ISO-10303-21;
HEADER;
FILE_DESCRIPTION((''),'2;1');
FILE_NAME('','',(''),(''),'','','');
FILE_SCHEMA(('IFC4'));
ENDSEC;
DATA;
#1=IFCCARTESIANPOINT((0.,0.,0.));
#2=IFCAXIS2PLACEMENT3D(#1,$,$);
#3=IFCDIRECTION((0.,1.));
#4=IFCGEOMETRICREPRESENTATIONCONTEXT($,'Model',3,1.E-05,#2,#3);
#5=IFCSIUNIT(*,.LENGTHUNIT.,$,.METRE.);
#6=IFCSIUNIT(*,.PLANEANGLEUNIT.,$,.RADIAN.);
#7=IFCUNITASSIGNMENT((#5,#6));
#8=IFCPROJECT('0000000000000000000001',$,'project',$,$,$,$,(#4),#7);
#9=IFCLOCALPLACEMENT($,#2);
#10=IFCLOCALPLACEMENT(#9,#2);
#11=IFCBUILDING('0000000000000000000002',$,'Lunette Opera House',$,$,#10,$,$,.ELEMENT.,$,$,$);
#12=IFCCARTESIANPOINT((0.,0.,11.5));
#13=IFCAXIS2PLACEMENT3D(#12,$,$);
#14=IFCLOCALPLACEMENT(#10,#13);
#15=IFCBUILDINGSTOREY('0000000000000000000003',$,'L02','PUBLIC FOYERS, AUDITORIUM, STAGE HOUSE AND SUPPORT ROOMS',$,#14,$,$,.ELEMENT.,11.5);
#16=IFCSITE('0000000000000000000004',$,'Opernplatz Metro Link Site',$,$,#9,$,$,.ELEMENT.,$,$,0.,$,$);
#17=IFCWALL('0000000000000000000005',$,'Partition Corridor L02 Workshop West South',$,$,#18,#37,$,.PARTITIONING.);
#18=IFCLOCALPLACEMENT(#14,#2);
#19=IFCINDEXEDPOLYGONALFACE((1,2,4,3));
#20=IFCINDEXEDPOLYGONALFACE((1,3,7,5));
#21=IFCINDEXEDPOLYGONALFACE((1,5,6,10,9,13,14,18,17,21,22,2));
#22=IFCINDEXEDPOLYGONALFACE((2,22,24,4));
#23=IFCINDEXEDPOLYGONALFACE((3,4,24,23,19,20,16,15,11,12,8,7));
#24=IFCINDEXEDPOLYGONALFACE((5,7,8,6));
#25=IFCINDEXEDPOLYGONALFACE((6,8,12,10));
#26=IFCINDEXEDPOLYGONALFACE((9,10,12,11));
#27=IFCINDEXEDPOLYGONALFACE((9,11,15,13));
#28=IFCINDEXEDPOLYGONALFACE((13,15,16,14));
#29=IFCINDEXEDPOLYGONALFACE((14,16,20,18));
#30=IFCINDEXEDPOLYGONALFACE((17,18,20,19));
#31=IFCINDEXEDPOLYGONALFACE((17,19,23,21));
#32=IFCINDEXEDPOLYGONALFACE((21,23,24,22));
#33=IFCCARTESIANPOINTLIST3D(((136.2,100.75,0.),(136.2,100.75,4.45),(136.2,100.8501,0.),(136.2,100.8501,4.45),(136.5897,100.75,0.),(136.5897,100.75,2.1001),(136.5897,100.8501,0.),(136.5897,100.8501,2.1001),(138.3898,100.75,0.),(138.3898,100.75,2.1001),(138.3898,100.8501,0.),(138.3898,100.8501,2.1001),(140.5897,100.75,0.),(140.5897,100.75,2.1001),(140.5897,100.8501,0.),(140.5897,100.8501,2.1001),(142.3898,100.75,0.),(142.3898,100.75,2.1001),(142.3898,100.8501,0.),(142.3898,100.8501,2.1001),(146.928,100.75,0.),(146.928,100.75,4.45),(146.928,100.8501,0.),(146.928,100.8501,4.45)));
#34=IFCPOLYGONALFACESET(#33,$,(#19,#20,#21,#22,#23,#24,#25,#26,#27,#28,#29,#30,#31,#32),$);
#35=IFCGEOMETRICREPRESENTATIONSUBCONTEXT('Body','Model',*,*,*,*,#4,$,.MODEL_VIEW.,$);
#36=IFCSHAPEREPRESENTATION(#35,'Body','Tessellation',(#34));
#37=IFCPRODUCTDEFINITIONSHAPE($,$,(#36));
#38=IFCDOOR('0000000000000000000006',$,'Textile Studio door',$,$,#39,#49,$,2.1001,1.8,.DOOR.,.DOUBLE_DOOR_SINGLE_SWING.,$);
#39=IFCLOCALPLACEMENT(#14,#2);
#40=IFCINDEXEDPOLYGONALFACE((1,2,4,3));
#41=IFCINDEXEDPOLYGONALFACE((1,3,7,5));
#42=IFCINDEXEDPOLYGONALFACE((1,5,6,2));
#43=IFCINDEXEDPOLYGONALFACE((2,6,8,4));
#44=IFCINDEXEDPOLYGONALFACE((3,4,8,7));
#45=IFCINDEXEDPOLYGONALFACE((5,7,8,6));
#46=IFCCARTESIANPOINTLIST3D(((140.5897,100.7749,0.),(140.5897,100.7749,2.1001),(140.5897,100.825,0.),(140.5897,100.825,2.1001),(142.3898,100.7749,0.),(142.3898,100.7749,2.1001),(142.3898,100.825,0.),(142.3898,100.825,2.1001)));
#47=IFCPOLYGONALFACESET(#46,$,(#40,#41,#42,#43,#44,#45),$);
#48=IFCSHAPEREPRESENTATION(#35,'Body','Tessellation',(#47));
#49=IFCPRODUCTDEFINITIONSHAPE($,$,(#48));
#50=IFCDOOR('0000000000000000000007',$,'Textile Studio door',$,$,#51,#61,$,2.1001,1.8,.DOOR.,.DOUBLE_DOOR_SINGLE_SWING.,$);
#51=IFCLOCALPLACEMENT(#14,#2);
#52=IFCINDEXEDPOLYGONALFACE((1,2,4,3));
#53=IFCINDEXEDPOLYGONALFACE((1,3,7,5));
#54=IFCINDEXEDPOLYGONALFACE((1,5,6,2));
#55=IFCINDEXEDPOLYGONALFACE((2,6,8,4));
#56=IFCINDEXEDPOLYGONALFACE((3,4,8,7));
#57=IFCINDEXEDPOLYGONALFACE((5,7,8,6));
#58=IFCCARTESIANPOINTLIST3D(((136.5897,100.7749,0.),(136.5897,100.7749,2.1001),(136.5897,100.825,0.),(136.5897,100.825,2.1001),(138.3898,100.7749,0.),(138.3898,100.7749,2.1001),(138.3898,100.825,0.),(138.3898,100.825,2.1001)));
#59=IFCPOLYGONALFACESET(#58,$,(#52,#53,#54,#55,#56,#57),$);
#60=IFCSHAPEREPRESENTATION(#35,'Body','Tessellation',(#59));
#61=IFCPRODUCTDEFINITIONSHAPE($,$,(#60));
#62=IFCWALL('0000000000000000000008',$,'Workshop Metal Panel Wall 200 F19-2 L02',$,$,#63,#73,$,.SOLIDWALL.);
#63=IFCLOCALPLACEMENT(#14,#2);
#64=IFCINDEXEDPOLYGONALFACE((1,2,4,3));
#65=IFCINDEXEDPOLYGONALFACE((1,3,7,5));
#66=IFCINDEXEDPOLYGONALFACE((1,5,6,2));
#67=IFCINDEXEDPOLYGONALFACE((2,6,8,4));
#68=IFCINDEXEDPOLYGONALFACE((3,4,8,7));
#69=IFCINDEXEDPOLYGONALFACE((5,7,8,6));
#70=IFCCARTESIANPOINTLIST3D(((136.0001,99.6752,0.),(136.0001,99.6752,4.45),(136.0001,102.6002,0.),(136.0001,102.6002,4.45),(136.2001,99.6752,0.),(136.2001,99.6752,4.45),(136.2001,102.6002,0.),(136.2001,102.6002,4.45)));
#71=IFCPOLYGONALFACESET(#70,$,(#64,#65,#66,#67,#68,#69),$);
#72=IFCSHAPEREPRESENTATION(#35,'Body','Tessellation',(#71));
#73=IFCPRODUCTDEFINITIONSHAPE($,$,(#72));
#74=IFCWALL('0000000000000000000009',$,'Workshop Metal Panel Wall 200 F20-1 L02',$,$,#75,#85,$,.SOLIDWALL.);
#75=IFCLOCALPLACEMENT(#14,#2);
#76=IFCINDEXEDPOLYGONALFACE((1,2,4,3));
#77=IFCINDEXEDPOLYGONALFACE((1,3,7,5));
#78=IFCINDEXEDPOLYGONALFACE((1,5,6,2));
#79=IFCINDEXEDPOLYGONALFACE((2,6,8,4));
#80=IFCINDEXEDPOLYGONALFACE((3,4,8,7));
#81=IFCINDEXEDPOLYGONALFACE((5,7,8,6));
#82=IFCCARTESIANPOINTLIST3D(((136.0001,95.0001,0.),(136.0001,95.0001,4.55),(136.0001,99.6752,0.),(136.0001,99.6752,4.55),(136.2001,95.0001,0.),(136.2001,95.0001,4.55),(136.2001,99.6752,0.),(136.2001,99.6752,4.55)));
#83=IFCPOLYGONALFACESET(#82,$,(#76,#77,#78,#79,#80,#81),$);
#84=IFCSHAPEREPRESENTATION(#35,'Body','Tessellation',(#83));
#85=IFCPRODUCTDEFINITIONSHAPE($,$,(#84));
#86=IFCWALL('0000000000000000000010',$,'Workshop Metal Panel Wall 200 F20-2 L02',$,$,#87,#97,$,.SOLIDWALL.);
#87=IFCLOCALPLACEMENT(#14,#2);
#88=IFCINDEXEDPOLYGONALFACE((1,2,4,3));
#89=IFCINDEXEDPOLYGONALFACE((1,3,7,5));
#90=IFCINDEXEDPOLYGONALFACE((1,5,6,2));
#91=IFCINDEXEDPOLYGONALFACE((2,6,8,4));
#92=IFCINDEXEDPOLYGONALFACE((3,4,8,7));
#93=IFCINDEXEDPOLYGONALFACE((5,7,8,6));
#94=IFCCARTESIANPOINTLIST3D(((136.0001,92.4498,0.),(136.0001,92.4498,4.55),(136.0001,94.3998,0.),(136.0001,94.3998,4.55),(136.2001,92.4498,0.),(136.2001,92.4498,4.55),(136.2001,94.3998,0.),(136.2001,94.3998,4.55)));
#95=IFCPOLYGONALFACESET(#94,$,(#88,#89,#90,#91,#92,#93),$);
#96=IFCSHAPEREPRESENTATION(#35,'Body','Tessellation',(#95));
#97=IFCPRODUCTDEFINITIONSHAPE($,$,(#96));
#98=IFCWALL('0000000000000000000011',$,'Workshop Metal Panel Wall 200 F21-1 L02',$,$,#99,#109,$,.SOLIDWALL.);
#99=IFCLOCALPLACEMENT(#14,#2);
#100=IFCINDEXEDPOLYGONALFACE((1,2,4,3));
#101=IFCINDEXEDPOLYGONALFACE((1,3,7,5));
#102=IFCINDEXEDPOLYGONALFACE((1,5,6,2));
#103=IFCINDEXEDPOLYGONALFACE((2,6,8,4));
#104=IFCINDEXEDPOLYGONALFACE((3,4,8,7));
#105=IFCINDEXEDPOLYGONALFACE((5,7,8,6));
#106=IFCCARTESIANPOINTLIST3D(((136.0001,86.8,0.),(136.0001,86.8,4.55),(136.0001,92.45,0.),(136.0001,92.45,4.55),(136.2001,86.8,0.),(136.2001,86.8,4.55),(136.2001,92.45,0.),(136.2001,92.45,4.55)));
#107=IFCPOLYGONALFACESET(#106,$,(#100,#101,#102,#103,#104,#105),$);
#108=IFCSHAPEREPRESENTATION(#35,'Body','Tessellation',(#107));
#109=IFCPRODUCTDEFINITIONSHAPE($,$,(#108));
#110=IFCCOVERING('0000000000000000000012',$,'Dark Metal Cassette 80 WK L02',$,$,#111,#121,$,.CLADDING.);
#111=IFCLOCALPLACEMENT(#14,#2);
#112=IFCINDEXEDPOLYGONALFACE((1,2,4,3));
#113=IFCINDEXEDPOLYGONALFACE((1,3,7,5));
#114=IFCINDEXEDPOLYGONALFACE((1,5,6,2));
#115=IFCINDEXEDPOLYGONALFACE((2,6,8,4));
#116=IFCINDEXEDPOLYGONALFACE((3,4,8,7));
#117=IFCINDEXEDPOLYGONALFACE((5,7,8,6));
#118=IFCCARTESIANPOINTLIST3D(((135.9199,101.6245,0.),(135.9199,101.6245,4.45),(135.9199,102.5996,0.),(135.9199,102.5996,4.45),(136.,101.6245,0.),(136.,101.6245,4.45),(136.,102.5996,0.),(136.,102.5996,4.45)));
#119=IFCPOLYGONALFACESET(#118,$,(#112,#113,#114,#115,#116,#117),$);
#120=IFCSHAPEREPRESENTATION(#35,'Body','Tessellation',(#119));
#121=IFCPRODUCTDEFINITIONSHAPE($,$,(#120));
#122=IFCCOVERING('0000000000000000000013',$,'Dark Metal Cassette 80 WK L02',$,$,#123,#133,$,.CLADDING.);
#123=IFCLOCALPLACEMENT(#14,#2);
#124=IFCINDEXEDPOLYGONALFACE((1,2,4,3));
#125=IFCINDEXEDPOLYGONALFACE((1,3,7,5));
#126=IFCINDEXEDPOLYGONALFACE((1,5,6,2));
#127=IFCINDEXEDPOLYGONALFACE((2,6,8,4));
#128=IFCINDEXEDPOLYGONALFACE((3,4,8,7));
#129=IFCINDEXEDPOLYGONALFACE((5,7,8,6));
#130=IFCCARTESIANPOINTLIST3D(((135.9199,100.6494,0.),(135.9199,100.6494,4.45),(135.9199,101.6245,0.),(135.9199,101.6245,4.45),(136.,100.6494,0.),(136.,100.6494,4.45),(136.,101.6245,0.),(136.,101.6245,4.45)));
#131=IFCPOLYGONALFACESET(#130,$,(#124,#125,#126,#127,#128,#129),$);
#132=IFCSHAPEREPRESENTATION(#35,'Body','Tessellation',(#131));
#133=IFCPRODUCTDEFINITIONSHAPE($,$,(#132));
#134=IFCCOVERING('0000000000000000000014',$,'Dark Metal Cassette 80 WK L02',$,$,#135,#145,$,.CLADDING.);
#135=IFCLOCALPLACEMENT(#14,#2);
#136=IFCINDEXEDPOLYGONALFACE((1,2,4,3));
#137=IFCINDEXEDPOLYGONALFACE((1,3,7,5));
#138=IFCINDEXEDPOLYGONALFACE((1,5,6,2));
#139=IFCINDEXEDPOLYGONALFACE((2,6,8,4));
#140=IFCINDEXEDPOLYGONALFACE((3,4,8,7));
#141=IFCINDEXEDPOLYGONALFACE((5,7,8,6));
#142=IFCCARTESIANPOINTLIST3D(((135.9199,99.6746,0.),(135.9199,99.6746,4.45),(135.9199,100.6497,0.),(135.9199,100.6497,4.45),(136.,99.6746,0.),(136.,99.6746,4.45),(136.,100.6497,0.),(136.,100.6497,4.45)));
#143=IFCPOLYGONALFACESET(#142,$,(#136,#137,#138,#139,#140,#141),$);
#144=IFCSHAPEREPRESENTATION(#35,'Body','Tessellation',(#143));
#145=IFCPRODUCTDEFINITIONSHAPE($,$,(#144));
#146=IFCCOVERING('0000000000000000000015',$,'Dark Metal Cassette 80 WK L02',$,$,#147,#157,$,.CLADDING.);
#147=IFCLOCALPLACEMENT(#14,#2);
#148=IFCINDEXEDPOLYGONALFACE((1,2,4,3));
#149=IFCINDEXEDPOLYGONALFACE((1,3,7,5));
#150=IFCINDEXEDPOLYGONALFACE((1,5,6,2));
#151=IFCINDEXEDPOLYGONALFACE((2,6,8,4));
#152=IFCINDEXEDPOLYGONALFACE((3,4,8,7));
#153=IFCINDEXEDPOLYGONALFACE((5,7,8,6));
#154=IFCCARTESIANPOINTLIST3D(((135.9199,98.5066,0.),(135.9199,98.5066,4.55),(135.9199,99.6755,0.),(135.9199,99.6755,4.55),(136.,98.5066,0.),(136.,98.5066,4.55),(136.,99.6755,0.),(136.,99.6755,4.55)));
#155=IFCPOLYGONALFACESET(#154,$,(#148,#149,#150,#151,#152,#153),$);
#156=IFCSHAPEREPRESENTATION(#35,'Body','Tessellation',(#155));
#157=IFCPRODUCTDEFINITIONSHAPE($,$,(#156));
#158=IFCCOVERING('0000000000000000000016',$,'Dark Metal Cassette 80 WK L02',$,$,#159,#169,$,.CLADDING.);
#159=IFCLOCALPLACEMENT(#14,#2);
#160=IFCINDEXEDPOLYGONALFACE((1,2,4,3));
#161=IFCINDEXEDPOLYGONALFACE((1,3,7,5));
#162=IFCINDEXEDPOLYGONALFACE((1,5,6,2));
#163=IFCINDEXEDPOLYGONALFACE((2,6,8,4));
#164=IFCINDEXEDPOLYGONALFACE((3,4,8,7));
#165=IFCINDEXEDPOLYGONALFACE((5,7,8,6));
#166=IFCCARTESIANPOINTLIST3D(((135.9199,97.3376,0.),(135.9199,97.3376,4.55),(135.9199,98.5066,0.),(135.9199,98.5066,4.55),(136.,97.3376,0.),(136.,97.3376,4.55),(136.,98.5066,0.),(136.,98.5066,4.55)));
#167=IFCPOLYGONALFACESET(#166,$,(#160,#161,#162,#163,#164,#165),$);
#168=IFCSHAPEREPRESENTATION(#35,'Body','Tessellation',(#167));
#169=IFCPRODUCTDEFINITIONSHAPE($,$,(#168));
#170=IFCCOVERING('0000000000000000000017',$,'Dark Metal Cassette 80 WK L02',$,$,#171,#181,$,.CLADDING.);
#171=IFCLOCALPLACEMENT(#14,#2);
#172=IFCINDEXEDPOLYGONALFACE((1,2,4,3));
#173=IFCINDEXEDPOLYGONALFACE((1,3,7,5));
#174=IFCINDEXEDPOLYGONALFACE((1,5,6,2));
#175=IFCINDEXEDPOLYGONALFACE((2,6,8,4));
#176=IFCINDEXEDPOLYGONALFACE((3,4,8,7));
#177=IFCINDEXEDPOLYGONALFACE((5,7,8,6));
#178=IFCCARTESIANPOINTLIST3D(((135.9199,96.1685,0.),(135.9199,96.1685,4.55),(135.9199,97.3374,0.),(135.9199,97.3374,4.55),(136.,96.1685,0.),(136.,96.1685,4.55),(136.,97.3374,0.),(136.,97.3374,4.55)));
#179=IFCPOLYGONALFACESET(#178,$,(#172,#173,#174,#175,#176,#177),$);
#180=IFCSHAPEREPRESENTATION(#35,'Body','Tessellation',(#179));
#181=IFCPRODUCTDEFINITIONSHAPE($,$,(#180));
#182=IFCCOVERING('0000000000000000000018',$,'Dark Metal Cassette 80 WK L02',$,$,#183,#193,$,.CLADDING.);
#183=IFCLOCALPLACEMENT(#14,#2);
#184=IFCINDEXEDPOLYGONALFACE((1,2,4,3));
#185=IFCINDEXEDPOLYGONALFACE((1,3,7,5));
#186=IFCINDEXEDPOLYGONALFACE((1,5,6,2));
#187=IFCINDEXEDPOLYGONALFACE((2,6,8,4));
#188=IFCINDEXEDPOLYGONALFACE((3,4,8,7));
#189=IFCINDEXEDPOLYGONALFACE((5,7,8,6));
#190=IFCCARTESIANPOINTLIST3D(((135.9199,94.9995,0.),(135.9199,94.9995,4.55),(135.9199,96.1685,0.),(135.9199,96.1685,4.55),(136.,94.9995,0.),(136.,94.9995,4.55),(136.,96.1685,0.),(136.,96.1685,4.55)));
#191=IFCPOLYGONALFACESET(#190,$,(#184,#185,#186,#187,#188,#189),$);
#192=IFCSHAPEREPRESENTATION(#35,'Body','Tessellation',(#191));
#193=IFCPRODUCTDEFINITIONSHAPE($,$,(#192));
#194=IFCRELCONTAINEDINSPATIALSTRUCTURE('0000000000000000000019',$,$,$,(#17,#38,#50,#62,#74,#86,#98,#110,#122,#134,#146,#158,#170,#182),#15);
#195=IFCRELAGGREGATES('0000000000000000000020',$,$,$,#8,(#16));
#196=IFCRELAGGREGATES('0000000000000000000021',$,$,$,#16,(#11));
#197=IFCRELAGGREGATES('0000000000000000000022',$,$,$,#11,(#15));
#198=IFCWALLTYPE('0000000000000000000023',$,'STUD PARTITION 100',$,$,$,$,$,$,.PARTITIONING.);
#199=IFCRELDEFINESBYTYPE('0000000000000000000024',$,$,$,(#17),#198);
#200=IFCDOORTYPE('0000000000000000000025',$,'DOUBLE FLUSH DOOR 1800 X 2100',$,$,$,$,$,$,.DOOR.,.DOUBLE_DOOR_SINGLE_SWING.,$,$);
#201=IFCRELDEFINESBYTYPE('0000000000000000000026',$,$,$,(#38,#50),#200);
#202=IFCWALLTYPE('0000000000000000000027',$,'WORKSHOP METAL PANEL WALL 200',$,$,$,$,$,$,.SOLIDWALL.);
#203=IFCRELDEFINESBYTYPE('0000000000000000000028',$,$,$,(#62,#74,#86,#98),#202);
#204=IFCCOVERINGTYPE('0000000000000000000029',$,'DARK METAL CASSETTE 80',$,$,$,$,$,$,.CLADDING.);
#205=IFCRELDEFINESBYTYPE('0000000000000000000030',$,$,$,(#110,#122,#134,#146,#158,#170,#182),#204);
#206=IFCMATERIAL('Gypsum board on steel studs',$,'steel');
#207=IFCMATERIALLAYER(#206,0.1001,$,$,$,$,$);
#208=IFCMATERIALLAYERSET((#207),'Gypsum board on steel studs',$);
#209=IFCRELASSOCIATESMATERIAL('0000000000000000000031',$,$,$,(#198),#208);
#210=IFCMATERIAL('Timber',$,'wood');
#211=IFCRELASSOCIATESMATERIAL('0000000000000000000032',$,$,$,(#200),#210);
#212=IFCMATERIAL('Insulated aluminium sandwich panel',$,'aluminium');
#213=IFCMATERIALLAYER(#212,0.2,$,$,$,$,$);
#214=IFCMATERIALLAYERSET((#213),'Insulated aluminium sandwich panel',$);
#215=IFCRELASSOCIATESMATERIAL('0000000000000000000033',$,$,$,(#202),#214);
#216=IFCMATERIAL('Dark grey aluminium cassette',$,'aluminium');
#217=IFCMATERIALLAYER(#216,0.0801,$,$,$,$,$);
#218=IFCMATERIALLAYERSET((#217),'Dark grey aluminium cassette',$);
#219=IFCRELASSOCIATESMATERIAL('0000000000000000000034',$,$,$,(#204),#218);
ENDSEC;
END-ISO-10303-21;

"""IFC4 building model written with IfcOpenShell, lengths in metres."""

from ifc_helpers import new_model, si_unit, direction, frame, frame_2d, origin, origin_2d, place, context, subcontext, project, spatial, rectangle, extrude, material, layer, layer_set, type_object, element, fill, save


model = new_model("IFC4")

# Units and contexts
model_context = context("Model", 3, precision=1e-05, world=origin(), true_north=direction((0.0, 1.0)))
body_context = subcontext(model_context, "Body", "Model", "MODEL_VIEW")
ifc_project = project(units=[si_unit("LENGTHUNIT", "METRE"), si_unit("PLANEANGLEUNIT", "RADIAN")], contexts=[model_context])

# Site, building, storey
site_placement = place(None, origin())
site = spatial("IfcSite", under=ifc_project, at=site_placement, Name="Opernplatz Metro Link Site", CompositionType="ELEMENT", RefElevation=0.0)
building_placement = place(site_placement, origin())
building = spatial("IfcBuilding", under=site, at=building_placement, Name="Lunette Opera House", CompositionType="ELEMENT")
storey_placement = place(building_placement, frame((0.0, 0.0, 11.5)))
storey = spatial("IfcBuildingStorey", under=building, at=storey_placement, Name="L02", Description="PUBLIC FOYERS, AUDITORIUM, STAGE HOUSE AND SUPPORT ROOMS", CompositionType="ELEMENT", Elevation=11.5)

# Wall, openings, doors
ifc_material_1 = material(Name="Gypsum board on steel studs", Category="steel")
ifc_layer_1 = layer(ifc_material_1, 0.1001)
ifc_layer_set_1 = layer_set([ifc_layer_1], Name="Gypsum board on steel studs")
wall_type_1 = type_object("IfcWallType", Name="STUD PARTITION 100", PredefinedType="PARTITIONING", material=ifc_layer_set_1)
wall_1_placement = place(storey_placement, frame((136.2, 100.8, 0.0), z_axis=(0.0, 0.0, 1.0), x_axis=(1.0, 0.0, 0.0)))
wall_1 = element("IfcWall", 1, at=wall_1_placement, inside=storey, type_object=wall_type_1, Name="Partition Corridor L02 Workshop West South", PredefinedType="PARTITIONING", context=body_context, shape_type="SweptSolid", body=[
    extrude(rectangle(XDim=10.728, YDim=0.1001, at=frame_2d((5.364, 0.0))), origin(), (0.0, 0.0, 1.0), 4.45),
])
opening_1_placement = place(wall_1_placement, frame((4.3899, 0.0, 0.0)))
opening_1 = element("IfcOpeningElement", 2, at=opening_1_placement, cuts=wall_1, PredefinedType="OPENING", context=body_context, shape_type="SweptSolid", body=[
    extrude(rectangle(XDim=1.8, YDim=2.1001, at=frame_2d((0.8999, 1.05))), frame((0.0, 0.062, 0.0), z_axis=(0.0, -1.0, 0.0), x_axis=(1.0, 0.0, 0.0)), (0.0, 0.0, 1.0), 0.124),
])
opening_2_placement = place(wall_1_placement, frame((0.3899, 0.0, 0.0)))
opening_2 = element("IfcOpeningElement", 3, at=opening_2_placement, cuts=wall_1, PredefinedType="OPENING", context=body_context, shape_type="SweptSolid", body=[
    extrude(rectangle(XDim=1.8, YDim=2.1001, at=frame_2d((0.8999, 1.05))), frame((0.0, 0.062, 0.0), z_axis=(0.0, -1.0, 0.0), x_axis=(1.0, 0.0, 0.0)), (0.0, 0.0, 1.0), 0.124),
])
ifc_material_2 = material(Name="Timber", Category="wood")
door_type = type_object("IfcDoorType", Name="DOUBLE FLUSH DOOR 1800 X 2100", OperationType="DOUBLE_DOOR_SINGLE_SWING", PredefinedType="DOOR", material=ifc_material_2)
door_1_placement = place(opening_1_placement, origin())
door_1 = element("IfcDoor", 4, at=door_1_placement, inside=storey, type_object=door_type, Name="Textile Studio door", OperationType="DOUBLE_DOOR_SINGLE_SWING", OverallHeight=2.1001, OverallWidth=1.8, PredefinedType="DOOR", context=body_context, shape_type="SweptSolid", body=[
    extrude(rectangle(XDim=1.8, YDim=2.1001, at=frame_2d((0.8999, 1.05))), frame((0.0, 0.0249, 0.0), z_axis=(0.0, -1.0, 0.0), x_axis=(1.0, 0.0, 0.0)), (0.0, 0.0, 1.0), 0.05),
])
fill(opening_1, door_1)
door_2_placement = place(opening_2_placement, origin())
door_2 = element("IfcDoor", 5, at=door_2_placement, inside=storey, type_object=door_type, Name="Textile Studio door", OperationType="DOUBLE_DOOR_SINGLE_SWING", OverallHeight=2.1001, OverallWidth=1.8, PredefinedType="DOOR", context=body_context, shape_type="SweptSolid", body=[
    extrude(rectangle(XDim=1.8, YDim=2.1001, at=frame_2d((0.8999, 1.05))), frame((0.0, 0.0249, 0.0), z_axis=(0.0, -1.0, 0.0), x_axis=(1.0, 0.0, 0.0)), (0.0, 0.0, 1.0), 0.05),
])
fill(opening_2, door_2)

# Walls
ifc_material_3 = material(Name="Insulated aluminium sandwich panel", Category="aluminium")
ifc_layer_2 = layer(ifc_material_3, 0.2)
ifc_layer_set_2 = layer_set([ifc_layer_2], Name="Insulated aluminium sandwich panel")
wall_type_2 = type_object("IfcWallType", Name="WORKSHOP METAL PANEL WALL 200", PredefinedType="SOLIDWALL", material=ifc_layer_set_2)
wall_2_placement = place(storey_placement, frame((136.1001, 102.6001, 0.0), z_axis=(0.0, 0.0, 1.0), x_axis=(0.0, -1.0, 0.0)))
element("IfcWall", 6, at=wall_2_placement, inside=storey, type_object=wall_type_2, Name="Workshop Metal Panel Wall 200 F19-2 L02", PredefinedType="SOLIDWALL", context=body_context, shape_type="SweptSolid", body=[
    extrude(rectangle(XDim=2.925, YDim=0.2, at=frame_2d((1.4624, 0.0))), origin(), (0.0, 0.0, 1.0), 4.45),
])
wall_3_placement = place(storey_placement, frame((136.1001, 99.675, 0.0), z_axis=(0.0, 0.0, 1.0), x_axis=(0.0, -1.0, 0.0)))
element("IfcWall", 7, at=wall_3_placement, inside=storey, type_object=wall_type_2, Name="Workshop Metal Panel Wall 200 F20-1 L02", PredefinedType="SOLIDWALL", context=body_context, shape_type="SweptSolid", body=[
    extrude(rectangle(XDim=4.675, YDim=0.2, at=frame_2d((2.3374, 0.0))), origin(), (0.0, 0.0, 1.0), 4.55),
])
wall_4_placement = place(storey_placement, frame((136.1001, 94.3999, 0.0), z_axis=(0.0, 0.0, 1.0), x_axis=(0.0, -1.0, 0.0)))
element("IfcWall", 8, at=wall_4_placement, inside=storey, type_object=wall_type_2, Name="Workshop Metal Panel Wall 200 F20-2 L02", PredefinedType="SOLIDWALL", context=body_context, shape_type="SweptSolid", body=[
    extrude(rectangle(XDim=1.95, YDim=0.2, at=frame_2d((0.9751, 0.0))), origin(), (0.0, 0.0, 1.0), 4.55),
])
wall_5_placement = place(storey_placement, frame((136.1001, 92.45, 0.0), z_axis=(0.0, 0.0, 1.0), x_axis=(0.0, -1.0, 0.0)))
element("IfcWall", 9, at=wall_5_placement, inside=storey, type_object=wall_type_2, Name="Workshop Metal Panel Wall 200 F21-1 L02", PredefinedType="SOLIDWALL", context=body_context, shape_type="SweptSolid", body=[
    extrude(rectangle(XDim=5.6499, YDim=0.2, at=frame_2d((2.825, 0.0))), origin(), (0.0, 0.0, 1.0), 4.55),
])

# Coverings
ifc_material_4 = material(Name="Dark grey aluminium cassette", Category="aluminium")
ifc_layer_3 = layer(ifc_material_4, 0.0801)
ifc_layer_set_3 = layer_set([ifc_layer_3], Name="Dark grey aluminium cassette")
covering_type = type_object("IfcCoveringType", Name="DARK METAL CASSETTE 80", PredefinedType="CLADDING", material=ifc_layer_set_3)
for number, where, z_axis, x_axis, name in (
    (10, (135.96, 102.1121, 0.0), (0.0, 0.0, 1.0), (0.0, -1.0, 0.0), "Dark Metal Cassette 80 WK L02"),
    (11, (135.96, 101.137, 0.0), (0.0, 0.0, 1.0), (0.0, -1.0, 0.0), "Dark Metal Cassette 80 WK L02"),
    (12, (135.96, 100.1621, 0.0), (0.0, 0.0, 1.0), (0.0, -1.0, 0.0), "Dark Metal Cassette 80 WK L02"),
):
    element("IfcCovering", number, at=place(storey_placement, frame(where, z_axis=z_axis, x_axis=x_axis)), inside=storey, type_object=covering_type, Name=name, PredefinedType="CLADDING", context=body_context, shape_type="SweptSolid", body=[
        extrude(rectangle(XDim=0.9751, YDim=0.0801, at=origin_2d()), origin(), (0.0, 0.0, 1.0), 4.45),
    ])
for number, where, z_axis, x_axis, name in (
    (13, (135.96, 99.0911, 0.0), (0.0, 0.0, 1.0), (0.0, -1.0, 0.0), "Dark Metal Cassette 80 WK L02"),
    (14, (135.96, 97.9221, 0.0), (0.0, 0.0, 1.0), (0.0, -1.0, 0.0), "Dark Metal Cassette 80 WK L02"),
    (15, (135.96, 96.7529, 0.0), (0.0, 0.0, 1.0), (0.0, -1.0, 0.0), "Dark Metal Cassette 80 WK L02"),
    (16, (135.96, 95.584, 0.0), (0.0, 0.0, 1.0), (0.0, -1.0, 0.0), "Dark Metal Cassette 80 WK L02"),
):
    element("IfcCovering", number, at=place(storey_placement, frame(where, z_axis=z_axis, x_axis=x_axis)), inside=storey, type_object=covering_type, Name=name, PredefinedType="CLADDING", context=body_context, shape_type="SweptSolid", body=[
        extrude(rectangle(XDim=1.1689, YDim=0.0801, at=origin_2d()), origin(), (0.0, 0.0, 1.0), 4.55),
    ])

save(model, "model.ifc")
